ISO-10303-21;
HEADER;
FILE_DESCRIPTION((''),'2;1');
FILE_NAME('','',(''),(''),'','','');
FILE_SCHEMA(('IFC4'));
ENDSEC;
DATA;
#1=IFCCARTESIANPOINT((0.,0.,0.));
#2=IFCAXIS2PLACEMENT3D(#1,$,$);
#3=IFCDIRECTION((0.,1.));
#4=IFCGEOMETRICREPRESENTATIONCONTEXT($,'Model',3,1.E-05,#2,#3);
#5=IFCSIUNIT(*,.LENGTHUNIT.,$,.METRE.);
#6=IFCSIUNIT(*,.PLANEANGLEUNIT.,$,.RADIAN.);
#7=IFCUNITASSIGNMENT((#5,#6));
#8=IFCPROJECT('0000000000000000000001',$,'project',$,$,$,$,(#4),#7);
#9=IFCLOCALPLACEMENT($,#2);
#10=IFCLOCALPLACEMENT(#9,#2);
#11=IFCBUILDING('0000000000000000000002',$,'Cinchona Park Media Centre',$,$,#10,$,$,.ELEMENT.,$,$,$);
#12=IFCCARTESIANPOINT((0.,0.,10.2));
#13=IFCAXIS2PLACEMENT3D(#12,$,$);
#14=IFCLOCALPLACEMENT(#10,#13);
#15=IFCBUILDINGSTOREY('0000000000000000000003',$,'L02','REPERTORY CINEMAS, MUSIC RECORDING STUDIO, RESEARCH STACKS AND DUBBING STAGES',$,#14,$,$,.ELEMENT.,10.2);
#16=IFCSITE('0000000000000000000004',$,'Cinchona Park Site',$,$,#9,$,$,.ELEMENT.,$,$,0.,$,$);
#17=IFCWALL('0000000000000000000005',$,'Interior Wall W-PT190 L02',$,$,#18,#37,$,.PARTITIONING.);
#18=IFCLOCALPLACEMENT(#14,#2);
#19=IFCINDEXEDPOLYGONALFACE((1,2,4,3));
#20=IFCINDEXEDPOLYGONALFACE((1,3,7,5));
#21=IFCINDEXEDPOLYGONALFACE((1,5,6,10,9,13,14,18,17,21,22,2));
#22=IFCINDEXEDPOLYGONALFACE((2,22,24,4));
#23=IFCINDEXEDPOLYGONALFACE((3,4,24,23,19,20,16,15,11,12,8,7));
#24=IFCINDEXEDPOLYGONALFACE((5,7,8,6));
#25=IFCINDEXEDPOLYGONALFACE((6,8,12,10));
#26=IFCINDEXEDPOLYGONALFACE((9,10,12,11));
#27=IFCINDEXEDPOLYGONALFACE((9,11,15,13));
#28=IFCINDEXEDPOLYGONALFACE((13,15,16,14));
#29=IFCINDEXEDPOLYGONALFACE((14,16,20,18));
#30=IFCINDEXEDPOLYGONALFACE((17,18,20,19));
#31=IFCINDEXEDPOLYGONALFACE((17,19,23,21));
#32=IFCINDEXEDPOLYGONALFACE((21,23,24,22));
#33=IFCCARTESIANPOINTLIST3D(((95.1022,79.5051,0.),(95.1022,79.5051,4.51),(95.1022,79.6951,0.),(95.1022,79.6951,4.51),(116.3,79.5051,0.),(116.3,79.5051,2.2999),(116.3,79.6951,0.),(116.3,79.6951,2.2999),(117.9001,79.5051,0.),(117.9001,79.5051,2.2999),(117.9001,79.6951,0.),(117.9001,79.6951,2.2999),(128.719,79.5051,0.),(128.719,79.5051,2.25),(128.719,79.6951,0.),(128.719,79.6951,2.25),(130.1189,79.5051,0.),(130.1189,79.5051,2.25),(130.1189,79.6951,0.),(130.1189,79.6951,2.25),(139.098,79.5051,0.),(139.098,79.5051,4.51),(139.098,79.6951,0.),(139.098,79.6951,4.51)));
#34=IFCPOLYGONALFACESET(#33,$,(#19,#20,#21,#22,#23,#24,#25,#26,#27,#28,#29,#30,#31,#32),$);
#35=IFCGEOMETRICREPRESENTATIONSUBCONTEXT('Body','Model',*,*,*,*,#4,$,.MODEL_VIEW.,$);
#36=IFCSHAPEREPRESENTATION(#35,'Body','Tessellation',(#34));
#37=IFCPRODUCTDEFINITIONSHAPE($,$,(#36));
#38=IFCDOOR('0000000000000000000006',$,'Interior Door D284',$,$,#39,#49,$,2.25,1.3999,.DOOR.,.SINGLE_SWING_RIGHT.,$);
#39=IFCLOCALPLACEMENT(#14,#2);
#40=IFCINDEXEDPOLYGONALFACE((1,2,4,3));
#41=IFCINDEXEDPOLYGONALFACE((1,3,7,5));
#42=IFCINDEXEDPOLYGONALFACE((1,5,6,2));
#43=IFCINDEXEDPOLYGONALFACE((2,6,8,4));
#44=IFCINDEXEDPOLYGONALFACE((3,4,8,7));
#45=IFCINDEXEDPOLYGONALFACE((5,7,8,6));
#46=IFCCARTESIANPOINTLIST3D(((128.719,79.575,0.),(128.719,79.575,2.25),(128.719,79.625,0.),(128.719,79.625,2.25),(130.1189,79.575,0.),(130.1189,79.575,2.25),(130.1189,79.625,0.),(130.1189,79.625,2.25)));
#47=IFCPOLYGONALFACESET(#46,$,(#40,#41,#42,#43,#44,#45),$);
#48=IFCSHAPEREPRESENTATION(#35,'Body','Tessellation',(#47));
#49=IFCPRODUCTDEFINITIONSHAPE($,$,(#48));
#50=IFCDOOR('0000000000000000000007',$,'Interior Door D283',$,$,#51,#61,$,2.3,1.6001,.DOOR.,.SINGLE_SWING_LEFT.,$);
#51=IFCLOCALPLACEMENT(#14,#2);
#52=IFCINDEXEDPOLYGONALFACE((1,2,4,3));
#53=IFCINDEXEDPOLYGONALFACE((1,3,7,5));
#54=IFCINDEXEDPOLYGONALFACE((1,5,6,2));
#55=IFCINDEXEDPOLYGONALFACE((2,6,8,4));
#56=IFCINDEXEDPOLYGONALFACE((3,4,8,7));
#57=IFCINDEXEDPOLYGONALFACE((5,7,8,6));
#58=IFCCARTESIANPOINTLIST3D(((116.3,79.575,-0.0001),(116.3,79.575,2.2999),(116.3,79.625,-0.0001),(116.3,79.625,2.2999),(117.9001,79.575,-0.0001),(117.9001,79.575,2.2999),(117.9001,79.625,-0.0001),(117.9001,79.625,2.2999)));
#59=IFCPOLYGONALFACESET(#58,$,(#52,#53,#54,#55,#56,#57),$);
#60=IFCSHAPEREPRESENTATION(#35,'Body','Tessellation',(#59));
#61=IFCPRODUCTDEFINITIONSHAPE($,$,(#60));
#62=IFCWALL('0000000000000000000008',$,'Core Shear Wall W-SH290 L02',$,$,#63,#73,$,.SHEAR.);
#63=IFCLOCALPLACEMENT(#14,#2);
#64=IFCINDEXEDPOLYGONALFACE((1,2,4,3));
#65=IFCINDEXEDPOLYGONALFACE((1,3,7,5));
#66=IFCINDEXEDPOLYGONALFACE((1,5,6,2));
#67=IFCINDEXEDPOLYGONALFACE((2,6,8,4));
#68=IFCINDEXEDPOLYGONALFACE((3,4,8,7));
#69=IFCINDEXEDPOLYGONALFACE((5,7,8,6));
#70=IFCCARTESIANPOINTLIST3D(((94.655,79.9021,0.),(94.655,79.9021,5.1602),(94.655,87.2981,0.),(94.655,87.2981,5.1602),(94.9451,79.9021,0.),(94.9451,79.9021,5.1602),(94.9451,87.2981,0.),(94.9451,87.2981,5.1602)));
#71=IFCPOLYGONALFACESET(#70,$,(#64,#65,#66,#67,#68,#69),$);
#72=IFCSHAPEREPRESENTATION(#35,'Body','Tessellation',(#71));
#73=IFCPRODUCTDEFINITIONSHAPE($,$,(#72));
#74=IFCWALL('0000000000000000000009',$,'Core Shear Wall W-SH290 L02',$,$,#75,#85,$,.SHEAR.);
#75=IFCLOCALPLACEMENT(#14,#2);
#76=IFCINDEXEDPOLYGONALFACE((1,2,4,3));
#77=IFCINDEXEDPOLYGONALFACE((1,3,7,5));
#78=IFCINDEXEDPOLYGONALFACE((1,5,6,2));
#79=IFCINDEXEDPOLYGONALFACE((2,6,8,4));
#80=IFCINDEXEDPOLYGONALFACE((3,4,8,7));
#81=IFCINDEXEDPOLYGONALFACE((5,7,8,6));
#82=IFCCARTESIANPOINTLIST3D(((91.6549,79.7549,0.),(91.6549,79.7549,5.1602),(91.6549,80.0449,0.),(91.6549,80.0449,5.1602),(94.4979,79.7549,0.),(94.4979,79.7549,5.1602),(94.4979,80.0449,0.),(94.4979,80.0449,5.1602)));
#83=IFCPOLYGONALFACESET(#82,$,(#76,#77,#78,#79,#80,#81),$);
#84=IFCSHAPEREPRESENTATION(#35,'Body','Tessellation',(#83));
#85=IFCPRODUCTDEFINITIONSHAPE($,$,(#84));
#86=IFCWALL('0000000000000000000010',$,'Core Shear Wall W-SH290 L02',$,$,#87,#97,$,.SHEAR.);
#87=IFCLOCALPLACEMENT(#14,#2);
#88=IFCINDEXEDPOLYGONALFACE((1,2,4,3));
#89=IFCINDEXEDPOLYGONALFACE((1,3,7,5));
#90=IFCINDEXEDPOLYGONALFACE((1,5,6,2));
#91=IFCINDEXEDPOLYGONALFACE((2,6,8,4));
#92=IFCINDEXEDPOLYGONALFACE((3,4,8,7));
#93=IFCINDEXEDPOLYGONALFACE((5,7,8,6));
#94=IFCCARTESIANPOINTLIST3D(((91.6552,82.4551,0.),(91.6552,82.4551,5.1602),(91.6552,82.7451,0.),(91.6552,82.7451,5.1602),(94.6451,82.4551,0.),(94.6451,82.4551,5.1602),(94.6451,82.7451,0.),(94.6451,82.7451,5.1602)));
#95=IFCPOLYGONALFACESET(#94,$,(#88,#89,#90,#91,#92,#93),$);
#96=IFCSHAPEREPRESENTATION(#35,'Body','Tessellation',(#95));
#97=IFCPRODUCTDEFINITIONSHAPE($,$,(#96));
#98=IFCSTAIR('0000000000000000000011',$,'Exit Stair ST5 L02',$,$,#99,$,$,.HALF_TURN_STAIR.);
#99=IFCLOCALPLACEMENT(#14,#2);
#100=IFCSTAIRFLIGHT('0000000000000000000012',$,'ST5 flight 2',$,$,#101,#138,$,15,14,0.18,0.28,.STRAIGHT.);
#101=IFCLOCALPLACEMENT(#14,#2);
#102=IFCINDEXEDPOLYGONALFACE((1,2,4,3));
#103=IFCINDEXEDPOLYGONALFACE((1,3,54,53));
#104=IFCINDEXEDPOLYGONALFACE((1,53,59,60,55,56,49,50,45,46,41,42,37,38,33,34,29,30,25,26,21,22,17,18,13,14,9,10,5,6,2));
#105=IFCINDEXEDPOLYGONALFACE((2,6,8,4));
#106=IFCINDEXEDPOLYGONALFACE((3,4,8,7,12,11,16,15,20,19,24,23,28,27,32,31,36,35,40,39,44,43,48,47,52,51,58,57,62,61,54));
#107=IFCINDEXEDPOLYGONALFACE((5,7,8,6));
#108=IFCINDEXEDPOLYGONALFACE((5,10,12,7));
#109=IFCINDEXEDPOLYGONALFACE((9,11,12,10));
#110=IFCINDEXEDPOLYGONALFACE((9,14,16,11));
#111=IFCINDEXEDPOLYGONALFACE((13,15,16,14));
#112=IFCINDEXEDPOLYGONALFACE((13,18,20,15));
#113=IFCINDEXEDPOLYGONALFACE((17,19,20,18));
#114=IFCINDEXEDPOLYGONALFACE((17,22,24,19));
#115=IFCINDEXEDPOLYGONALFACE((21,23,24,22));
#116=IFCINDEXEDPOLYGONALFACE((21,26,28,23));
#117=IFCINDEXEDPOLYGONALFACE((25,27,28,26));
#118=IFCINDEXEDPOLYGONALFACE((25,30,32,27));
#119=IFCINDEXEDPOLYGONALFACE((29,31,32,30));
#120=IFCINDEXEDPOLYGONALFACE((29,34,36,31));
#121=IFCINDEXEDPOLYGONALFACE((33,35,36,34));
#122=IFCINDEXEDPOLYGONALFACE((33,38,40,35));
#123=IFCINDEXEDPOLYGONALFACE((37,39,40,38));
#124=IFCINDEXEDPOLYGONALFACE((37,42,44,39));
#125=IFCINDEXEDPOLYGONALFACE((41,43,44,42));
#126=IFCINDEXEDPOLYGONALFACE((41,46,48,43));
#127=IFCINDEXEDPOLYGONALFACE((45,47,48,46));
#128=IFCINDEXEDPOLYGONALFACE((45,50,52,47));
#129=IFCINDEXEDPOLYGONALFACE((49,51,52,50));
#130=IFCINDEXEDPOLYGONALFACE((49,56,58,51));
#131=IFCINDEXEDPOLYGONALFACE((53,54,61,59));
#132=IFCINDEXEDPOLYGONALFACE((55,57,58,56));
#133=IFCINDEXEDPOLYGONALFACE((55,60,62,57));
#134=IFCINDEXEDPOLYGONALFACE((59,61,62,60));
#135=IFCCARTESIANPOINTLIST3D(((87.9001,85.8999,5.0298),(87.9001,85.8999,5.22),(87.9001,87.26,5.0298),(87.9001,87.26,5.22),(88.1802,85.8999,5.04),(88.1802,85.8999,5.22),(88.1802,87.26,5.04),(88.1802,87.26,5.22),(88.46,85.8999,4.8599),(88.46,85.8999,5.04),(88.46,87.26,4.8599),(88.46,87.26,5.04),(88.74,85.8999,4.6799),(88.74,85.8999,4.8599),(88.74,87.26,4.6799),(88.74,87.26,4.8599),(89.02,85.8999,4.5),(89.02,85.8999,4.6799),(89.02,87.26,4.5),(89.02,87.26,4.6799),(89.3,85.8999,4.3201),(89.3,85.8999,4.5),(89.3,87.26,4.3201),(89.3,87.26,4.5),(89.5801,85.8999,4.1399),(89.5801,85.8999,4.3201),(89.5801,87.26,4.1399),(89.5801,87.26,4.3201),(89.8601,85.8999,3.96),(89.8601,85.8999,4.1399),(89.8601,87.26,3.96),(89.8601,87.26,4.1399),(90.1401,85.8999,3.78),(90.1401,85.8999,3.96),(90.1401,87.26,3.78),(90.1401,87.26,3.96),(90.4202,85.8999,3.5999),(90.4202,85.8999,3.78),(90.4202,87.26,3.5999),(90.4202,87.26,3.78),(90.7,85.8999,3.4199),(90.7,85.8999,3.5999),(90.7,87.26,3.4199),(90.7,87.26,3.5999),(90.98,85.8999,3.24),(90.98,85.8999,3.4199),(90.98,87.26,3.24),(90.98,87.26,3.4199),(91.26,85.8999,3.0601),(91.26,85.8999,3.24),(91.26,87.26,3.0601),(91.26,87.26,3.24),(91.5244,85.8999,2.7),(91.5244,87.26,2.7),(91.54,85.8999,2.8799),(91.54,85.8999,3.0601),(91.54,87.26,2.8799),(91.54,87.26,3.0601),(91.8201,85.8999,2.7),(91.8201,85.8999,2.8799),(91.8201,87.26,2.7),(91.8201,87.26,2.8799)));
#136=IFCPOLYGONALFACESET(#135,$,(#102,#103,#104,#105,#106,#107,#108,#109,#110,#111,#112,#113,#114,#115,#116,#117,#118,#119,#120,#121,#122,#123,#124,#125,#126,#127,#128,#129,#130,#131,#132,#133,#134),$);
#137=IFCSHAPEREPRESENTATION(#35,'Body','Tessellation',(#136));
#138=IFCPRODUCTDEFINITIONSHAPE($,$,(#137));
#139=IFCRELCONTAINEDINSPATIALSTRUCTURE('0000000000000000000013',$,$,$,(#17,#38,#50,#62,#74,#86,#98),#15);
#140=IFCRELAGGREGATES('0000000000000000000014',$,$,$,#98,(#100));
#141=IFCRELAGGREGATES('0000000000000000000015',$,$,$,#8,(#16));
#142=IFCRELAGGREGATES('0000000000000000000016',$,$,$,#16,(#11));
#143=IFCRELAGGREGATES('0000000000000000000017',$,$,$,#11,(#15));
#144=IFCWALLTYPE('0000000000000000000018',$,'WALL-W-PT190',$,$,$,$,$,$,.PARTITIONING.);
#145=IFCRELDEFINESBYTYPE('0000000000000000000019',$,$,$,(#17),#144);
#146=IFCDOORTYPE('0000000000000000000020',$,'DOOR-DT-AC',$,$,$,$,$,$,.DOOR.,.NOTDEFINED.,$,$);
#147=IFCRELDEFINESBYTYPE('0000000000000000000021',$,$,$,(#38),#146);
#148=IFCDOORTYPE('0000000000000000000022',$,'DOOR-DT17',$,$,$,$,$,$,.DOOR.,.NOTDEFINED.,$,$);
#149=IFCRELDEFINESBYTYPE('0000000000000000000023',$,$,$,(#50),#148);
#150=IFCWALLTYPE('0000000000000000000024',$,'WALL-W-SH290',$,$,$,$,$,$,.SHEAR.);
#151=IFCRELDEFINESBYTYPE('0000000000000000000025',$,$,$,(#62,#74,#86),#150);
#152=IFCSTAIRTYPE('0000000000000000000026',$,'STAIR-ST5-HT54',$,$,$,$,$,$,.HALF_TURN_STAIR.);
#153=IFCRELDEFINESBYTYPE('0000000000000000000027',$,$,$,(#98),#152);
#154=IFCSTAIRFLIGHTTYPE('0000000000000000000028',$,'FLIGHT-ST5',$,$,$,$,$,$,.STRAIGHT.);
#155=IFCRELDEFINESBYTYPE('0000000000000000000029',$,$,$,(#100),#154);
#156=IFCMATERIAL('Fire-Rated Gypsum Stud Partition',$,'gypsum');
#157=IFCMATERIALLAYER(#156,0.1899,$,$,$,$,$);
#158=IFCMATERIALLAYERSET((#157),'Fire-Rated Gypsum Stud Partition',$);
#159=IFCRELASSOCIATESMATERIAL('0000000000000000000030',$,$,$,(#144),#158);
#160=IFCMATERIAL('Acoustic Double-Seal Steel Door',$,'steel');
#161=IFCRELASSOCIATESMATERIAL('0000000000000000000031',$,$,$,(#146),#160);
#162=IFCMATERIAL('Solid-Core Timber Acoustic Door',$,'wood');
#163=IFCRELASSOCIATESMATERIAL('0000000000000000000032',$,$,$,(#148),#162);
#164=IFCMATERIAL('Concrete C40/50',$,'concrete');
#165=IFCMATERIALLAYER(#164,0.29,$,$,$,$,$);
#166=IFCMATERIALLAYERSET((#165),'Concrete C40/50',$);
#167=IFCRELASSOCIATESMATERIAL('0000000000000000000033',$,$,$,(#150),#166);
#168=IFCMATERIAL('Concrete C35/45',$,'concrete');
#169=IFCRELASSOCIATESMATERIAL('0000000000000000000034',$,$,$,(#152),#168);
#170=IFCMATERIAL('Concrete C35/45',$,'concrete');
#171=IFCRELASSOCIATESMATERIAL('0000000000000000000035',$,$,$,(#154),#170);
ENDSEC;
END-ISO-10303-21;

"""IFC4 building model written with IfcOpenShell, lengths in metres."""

from ifc_helpers import new_model, si_unit, direction, frame, frame_2d, origin, place, context, subcontext, project, spatial, polyline, rectangle, outline, extrude, material, layer, layer_set, type_object, element, fill, aggregate, save


model = new_model("IFC4")

# Units and contexts
model_context = context("Model", 3, precision=1e-05, world=origin(), true_north=direction((0.0, 1.0)))
body_context = subcontext(model_context, "Body", "Model", "MODEL_VIEW")
ifc_project = project(units=[si_unit("LENGTHUNIT", "METRE"), si_unit("PLANEANGLEUNIT", "RADIAN")], contexts=[model_context])

# Site, building, storey
site_placement = place(None, origin())
site = spatial("IfcSite", under=ifc_project, at=site_placement, Name="Cinchona Park Site", CompositionType="ELEMENT", RefElevation=0.0)
building_placement = place(site_placement, origin())
building = spatial("IfcBuilding", under=site, at=building_placement, Name="Cinchona Park Media Centre", CompositionType="ELEMENT")
storey_placement = place(building_placement, frame((0.0, 0.0, 10.2)))
storey = spatial("IfcBuildingStorey", under=building, at=storey_placement, Name="L02", Description="REPERTORY CINEMAS, MUSIC RECORDING STUDIO, RESEARCH STACKS AND DUBBING STAGES", CompositionType="ELEMENT", Elevation=10.2)

# Wall, openings, doors
ifc_material_1 = material(Name="Fire-Rated Gypsum Stud Partition", Category="gypsum")
ifc_layer_1 = layer(ifc_material_1, 0.1899)
ifc_layer_set_1 = layer_set([ifc_layer_1], Name="Fire-Rated Gypsum Stud Partition")
wall_type_1 = type_object("IfcWallType", Name="WALL-W-PT190", PredefinedType="PARTITIONING", material=ifc_layer_set_1)
wall_1_placement = place(storey_placement, frame((95.1021, 79.6001, 0.0), z_axis=(0.0, 0.0, 1.0), x_axis=(1.0, 0.0, 0.0)))
wall_1 = element("IfcWall", 1, at=wall_1_placement, inside=storey, type_object=wall_type_1, Name="Interior Wall W-PT190 L02", PredefinedType="PARTITIONING", context=body_context, shape_type="SweptSolid", body=[
    extrude(rectangle(XDim=43.9958, YDim=0.1899, at=frame_2d((21.998, 0.0))), origin(), (0.0, 0.0, 1.0), 4.51),
])
opening_1_placement = place(wall_1_placement, frame((21.198, 0.0, 0.0)))
opening_1 = element("IfcOpeningElement", 2, at=opening_1_placement, cuts=wall_1, PredefinedType="OPENING", context=body_context, shape_type="SweptSolid", body=[
    extrude(rectangle(XDim=1.6001, YDim=2.3, at=frame_2d((0.8, 1.1499))), frame((0.0, 0.105, 0.0), z_axis=(0.0, -1.0, 0.0), x_axis=(1.0, 0.0, 0.0)), (0.0, 0.0, 1.0), 0.21),
])
opening_2_placement = place(wall_1_placement, frame((33.6169, 0.0, 0.0)))
opening_2 = element("IfcOpeningElement", 3, at=opening_2_placement, cuts=wall_1, PredefinedType="OPENING", context=body_context, shape_type="SweptSolid", body=[
    extrude(rectangle(XDim=1.3999, YDim=2.25, at=frame_2d((0.7, 1.125))), frame((0.0, 0.105, 0.0), z_axis=(0.0, -1.0, 0.0), x_axis=(1.0, 0.0, 0.0)), (0.0, 0.0, 1.0), 0.21),
])
ifc_material_2 = material(Name="Acoustic Double-Seal Steel Door", Category="steel")
door_type_1 = type_object("IfcDoorType", Name="DOOR-DT-AC", OperationType="NOTDEFINED", PredefinedType="DOOR", material=ifc_material_2)
door_1_placement = place(opening_2_placement, origin())
door_1 = element("IfcDoor", 4, at=door_1_placement, inside=storey, type_object=door_type_1, Name="Interior Door D284", OperationType="SINGLE_SWING_RIGHT", OverallHeight=2.25, OverallWidth=1.3999, PredefinedType="DOOR", context=body_context, shape_type="SweptSolid", body=[
    extrude(rectangle(XDim=1.3999, YDim=2.25, at=frame_2d((0.7, 1.125))), frame((0.0, 0.0249, 0.0), z_axis=(0.0, -1.0, 0.0), x_axis=(1.0, 0.0, 0.0)), (0.0, 0.0, 1.0), 0.05),
])
fill(opening_2, door_1)
ifc_material_3 = material(Name="Solid-Core Timber Acoustic Door", Category="wood")
door_type_2 = type_object("IfcDoorType", Name="DOOR-DT17", OperationType="NOTDEFINED", PredefinedType="DOOR", material=ifc_material_3)
door_2_placement = place(opening_1_placement, origin())
door_2 = element("IfcDoor", 5, at=door_2_placement, inside=storey, type_object=door_type_2, Name="Interior Door D283", OperationType="SINGLE_SWING_LEFT", OverallHeight=2.3, OverallWidth=1.6001, PredefinedType="DOOR", context=body_context, shape_type="SweptSolid", body=[
    extrude(rectangle(XDim=1.6001, YDim=2.3, at=frame_2d((0.8, 1.1499))), frame((0.0, 0.0249, 0.0), z_axis=(0.0, -1.0, 0.0), x_axis=(1.0, 0.0, 0.0)), (0.0, 0.0, 1.0), 0.05),
])
fill(opening_1, door_2)

# Walls
ifc_material_4 = material(Name="Concrete C40/50", Category="concrete")
ifc_layer_2 = layer(ifc_material_4, 0.29)
ifc_layer_set_2 = layer_set([ifc_layer_2], Name="Concrete C40/50")
wall_type_2 = type_object("IfcWallType", Name="WALL-W-SH290", PredefinedType="SHEAR", material=ifc_layer_set_2)
wall_2_placement = place(storey_placement, frame((94.8, 79.9021, 0.0), z_axis=(0.0, 0.0, 1.0), x_axis=(0.0, 1.0, 0.0)))
element("IfcWall", 6, at=wall_2_placement, inside=storey, type_object=wall_type_2, Name="Core Shear Wall W-SH290 L02", PredefinedType="SHEAR", context=body_context, shape_type="SweptSolid", body=[
    extrude(rectangle(XDim=7.396, YDim=0.29, at=frame_2d((3.698, 0.0))), origin(), (0.0, 0.0, 1.0), 5.1602),
])
wall_3_placement = place(storey_placement, frame((91.655, 79.8999, 0.0), z_axis=(0.0, 0.0, 1.0), x_axis=(1.0, 0.0, 0.0)))
element("IfcWall", 7, at=wall_3_placement, inside=storey, type_object=wall_type_2, Name="Core Shear Wall W-SH290 L02", PredefinedType="SHEAR", context=body_context, shape_type="SweptSolid", body=[
    extrude(rectangle(XDim=2.843, YDim=0.29, at=frame_2d((1.4214, 0.0))), origin(), (0.0, 0.0, 1.0), 5.1602),
])
wall_4_placement = place(storey_placement, frame((91.655, 82.6001, 0.0), z_axis=(0.0, 0.0, 1.0), x_axis=(1.0, 0.0, 0.0)))
element("IfcWall", 8, at=wall_4_placement, inside=storey, type_object=wall_type_2, Name="Core Shear Wall W-SH290 L02", PredefinedType="SHEAR", context=body_context, shape_type="SweptSolid", body=[
    extrude(rectangle(XDim=2.99, YDim=0.29, at=frame_2d((1.4951, 0.0))), origin(), (0.0, 0.0, 1.0), 5.1602),
])

# Stair, stair flight
ifc_material_5 = material(Name="Concrete C35/45", Category="concrete")
stair_type = type_object("IfcStairType", Name="STAIR-ST5-HT54", PredefinedType="HALF_TURN_STAIR", material=ifc_material_5)
stair_placement = place(storey_placement, origin())
stair = element("IfcStair", 9, at=stair_placement, inside=storey, type_object=stair_type, Name="Exit Stair ST5 L02", PredefinedType="HALF_TURN_STAIR")
ifc_material_6 = material(Name="Concrete C35/45", Category="concrete")
stair_flight_type = type_object("IfcStairFlightType", Name="FLIGHT-ST5", PredefinedType="STRAIGHT", material=ifc_material_6)
stair_flight_placement = place(storey_placement, frame((91.8201, 86.5801, 2.7), z_axis=(0.0, 0.0, 1.0), x_axis=(-1.0, 0.0, 0.0)))
stair_flight = element("IfcStairFlight", 10, at=stair_flight_placement, type_object=stair_flight_type, Name="ST5 flight 2", NumberOfRisers=15, NumberOfTreads=14, PredefinedType="STRAIGHT", RiserHeight=0.18, TreadLength=0.28, context=body_context, shape_type="SweptSolid", body=[
    extrude(outline(polyline([(0.0, 0.0), (0.0, 0.1799), (0.28, 0.1799), (0.28, 0.3601), (0.5601, 0.3601), (0.5601, 0.54), (0.8401, 0.54), (0.8401, 0.72), (1.1201, 0.72), (1.1201, 0.8999), (1.3999, 0.8999), (1.3999, 1.0801), (1.6799, 1.0801), (1.6799, 1.26), (1.96, 1.26), (1.96, 1.4399), (2.24, 1.4399), (2.24, 1.6201), (2.52, 1.6201), (2.52, 1.8), (2.8, 1.8), (2.8, 1.98), (3.0801, 1.98), (3.0801, 2.1599), (3.3601, 2.1599), (3.3601, 2.3401), (3.6399, 2.3401), (3.6399, 2.52), (3.9199, 2.52), (3.9199, 2.7), (3.9199, 2.3298), (0.2957, 0.0), (0.0, 0.0)])), frame((0.0, 0.6802, 0.0), z_axis=(0.0, -1.0, 0.0), x_axis=(1.0, 0.0, 0.0)), (0.0, 0.0, 1.0), 1.3601),
])
aggregate(stair, [stair_flight])

save(model, "model.ifc")
